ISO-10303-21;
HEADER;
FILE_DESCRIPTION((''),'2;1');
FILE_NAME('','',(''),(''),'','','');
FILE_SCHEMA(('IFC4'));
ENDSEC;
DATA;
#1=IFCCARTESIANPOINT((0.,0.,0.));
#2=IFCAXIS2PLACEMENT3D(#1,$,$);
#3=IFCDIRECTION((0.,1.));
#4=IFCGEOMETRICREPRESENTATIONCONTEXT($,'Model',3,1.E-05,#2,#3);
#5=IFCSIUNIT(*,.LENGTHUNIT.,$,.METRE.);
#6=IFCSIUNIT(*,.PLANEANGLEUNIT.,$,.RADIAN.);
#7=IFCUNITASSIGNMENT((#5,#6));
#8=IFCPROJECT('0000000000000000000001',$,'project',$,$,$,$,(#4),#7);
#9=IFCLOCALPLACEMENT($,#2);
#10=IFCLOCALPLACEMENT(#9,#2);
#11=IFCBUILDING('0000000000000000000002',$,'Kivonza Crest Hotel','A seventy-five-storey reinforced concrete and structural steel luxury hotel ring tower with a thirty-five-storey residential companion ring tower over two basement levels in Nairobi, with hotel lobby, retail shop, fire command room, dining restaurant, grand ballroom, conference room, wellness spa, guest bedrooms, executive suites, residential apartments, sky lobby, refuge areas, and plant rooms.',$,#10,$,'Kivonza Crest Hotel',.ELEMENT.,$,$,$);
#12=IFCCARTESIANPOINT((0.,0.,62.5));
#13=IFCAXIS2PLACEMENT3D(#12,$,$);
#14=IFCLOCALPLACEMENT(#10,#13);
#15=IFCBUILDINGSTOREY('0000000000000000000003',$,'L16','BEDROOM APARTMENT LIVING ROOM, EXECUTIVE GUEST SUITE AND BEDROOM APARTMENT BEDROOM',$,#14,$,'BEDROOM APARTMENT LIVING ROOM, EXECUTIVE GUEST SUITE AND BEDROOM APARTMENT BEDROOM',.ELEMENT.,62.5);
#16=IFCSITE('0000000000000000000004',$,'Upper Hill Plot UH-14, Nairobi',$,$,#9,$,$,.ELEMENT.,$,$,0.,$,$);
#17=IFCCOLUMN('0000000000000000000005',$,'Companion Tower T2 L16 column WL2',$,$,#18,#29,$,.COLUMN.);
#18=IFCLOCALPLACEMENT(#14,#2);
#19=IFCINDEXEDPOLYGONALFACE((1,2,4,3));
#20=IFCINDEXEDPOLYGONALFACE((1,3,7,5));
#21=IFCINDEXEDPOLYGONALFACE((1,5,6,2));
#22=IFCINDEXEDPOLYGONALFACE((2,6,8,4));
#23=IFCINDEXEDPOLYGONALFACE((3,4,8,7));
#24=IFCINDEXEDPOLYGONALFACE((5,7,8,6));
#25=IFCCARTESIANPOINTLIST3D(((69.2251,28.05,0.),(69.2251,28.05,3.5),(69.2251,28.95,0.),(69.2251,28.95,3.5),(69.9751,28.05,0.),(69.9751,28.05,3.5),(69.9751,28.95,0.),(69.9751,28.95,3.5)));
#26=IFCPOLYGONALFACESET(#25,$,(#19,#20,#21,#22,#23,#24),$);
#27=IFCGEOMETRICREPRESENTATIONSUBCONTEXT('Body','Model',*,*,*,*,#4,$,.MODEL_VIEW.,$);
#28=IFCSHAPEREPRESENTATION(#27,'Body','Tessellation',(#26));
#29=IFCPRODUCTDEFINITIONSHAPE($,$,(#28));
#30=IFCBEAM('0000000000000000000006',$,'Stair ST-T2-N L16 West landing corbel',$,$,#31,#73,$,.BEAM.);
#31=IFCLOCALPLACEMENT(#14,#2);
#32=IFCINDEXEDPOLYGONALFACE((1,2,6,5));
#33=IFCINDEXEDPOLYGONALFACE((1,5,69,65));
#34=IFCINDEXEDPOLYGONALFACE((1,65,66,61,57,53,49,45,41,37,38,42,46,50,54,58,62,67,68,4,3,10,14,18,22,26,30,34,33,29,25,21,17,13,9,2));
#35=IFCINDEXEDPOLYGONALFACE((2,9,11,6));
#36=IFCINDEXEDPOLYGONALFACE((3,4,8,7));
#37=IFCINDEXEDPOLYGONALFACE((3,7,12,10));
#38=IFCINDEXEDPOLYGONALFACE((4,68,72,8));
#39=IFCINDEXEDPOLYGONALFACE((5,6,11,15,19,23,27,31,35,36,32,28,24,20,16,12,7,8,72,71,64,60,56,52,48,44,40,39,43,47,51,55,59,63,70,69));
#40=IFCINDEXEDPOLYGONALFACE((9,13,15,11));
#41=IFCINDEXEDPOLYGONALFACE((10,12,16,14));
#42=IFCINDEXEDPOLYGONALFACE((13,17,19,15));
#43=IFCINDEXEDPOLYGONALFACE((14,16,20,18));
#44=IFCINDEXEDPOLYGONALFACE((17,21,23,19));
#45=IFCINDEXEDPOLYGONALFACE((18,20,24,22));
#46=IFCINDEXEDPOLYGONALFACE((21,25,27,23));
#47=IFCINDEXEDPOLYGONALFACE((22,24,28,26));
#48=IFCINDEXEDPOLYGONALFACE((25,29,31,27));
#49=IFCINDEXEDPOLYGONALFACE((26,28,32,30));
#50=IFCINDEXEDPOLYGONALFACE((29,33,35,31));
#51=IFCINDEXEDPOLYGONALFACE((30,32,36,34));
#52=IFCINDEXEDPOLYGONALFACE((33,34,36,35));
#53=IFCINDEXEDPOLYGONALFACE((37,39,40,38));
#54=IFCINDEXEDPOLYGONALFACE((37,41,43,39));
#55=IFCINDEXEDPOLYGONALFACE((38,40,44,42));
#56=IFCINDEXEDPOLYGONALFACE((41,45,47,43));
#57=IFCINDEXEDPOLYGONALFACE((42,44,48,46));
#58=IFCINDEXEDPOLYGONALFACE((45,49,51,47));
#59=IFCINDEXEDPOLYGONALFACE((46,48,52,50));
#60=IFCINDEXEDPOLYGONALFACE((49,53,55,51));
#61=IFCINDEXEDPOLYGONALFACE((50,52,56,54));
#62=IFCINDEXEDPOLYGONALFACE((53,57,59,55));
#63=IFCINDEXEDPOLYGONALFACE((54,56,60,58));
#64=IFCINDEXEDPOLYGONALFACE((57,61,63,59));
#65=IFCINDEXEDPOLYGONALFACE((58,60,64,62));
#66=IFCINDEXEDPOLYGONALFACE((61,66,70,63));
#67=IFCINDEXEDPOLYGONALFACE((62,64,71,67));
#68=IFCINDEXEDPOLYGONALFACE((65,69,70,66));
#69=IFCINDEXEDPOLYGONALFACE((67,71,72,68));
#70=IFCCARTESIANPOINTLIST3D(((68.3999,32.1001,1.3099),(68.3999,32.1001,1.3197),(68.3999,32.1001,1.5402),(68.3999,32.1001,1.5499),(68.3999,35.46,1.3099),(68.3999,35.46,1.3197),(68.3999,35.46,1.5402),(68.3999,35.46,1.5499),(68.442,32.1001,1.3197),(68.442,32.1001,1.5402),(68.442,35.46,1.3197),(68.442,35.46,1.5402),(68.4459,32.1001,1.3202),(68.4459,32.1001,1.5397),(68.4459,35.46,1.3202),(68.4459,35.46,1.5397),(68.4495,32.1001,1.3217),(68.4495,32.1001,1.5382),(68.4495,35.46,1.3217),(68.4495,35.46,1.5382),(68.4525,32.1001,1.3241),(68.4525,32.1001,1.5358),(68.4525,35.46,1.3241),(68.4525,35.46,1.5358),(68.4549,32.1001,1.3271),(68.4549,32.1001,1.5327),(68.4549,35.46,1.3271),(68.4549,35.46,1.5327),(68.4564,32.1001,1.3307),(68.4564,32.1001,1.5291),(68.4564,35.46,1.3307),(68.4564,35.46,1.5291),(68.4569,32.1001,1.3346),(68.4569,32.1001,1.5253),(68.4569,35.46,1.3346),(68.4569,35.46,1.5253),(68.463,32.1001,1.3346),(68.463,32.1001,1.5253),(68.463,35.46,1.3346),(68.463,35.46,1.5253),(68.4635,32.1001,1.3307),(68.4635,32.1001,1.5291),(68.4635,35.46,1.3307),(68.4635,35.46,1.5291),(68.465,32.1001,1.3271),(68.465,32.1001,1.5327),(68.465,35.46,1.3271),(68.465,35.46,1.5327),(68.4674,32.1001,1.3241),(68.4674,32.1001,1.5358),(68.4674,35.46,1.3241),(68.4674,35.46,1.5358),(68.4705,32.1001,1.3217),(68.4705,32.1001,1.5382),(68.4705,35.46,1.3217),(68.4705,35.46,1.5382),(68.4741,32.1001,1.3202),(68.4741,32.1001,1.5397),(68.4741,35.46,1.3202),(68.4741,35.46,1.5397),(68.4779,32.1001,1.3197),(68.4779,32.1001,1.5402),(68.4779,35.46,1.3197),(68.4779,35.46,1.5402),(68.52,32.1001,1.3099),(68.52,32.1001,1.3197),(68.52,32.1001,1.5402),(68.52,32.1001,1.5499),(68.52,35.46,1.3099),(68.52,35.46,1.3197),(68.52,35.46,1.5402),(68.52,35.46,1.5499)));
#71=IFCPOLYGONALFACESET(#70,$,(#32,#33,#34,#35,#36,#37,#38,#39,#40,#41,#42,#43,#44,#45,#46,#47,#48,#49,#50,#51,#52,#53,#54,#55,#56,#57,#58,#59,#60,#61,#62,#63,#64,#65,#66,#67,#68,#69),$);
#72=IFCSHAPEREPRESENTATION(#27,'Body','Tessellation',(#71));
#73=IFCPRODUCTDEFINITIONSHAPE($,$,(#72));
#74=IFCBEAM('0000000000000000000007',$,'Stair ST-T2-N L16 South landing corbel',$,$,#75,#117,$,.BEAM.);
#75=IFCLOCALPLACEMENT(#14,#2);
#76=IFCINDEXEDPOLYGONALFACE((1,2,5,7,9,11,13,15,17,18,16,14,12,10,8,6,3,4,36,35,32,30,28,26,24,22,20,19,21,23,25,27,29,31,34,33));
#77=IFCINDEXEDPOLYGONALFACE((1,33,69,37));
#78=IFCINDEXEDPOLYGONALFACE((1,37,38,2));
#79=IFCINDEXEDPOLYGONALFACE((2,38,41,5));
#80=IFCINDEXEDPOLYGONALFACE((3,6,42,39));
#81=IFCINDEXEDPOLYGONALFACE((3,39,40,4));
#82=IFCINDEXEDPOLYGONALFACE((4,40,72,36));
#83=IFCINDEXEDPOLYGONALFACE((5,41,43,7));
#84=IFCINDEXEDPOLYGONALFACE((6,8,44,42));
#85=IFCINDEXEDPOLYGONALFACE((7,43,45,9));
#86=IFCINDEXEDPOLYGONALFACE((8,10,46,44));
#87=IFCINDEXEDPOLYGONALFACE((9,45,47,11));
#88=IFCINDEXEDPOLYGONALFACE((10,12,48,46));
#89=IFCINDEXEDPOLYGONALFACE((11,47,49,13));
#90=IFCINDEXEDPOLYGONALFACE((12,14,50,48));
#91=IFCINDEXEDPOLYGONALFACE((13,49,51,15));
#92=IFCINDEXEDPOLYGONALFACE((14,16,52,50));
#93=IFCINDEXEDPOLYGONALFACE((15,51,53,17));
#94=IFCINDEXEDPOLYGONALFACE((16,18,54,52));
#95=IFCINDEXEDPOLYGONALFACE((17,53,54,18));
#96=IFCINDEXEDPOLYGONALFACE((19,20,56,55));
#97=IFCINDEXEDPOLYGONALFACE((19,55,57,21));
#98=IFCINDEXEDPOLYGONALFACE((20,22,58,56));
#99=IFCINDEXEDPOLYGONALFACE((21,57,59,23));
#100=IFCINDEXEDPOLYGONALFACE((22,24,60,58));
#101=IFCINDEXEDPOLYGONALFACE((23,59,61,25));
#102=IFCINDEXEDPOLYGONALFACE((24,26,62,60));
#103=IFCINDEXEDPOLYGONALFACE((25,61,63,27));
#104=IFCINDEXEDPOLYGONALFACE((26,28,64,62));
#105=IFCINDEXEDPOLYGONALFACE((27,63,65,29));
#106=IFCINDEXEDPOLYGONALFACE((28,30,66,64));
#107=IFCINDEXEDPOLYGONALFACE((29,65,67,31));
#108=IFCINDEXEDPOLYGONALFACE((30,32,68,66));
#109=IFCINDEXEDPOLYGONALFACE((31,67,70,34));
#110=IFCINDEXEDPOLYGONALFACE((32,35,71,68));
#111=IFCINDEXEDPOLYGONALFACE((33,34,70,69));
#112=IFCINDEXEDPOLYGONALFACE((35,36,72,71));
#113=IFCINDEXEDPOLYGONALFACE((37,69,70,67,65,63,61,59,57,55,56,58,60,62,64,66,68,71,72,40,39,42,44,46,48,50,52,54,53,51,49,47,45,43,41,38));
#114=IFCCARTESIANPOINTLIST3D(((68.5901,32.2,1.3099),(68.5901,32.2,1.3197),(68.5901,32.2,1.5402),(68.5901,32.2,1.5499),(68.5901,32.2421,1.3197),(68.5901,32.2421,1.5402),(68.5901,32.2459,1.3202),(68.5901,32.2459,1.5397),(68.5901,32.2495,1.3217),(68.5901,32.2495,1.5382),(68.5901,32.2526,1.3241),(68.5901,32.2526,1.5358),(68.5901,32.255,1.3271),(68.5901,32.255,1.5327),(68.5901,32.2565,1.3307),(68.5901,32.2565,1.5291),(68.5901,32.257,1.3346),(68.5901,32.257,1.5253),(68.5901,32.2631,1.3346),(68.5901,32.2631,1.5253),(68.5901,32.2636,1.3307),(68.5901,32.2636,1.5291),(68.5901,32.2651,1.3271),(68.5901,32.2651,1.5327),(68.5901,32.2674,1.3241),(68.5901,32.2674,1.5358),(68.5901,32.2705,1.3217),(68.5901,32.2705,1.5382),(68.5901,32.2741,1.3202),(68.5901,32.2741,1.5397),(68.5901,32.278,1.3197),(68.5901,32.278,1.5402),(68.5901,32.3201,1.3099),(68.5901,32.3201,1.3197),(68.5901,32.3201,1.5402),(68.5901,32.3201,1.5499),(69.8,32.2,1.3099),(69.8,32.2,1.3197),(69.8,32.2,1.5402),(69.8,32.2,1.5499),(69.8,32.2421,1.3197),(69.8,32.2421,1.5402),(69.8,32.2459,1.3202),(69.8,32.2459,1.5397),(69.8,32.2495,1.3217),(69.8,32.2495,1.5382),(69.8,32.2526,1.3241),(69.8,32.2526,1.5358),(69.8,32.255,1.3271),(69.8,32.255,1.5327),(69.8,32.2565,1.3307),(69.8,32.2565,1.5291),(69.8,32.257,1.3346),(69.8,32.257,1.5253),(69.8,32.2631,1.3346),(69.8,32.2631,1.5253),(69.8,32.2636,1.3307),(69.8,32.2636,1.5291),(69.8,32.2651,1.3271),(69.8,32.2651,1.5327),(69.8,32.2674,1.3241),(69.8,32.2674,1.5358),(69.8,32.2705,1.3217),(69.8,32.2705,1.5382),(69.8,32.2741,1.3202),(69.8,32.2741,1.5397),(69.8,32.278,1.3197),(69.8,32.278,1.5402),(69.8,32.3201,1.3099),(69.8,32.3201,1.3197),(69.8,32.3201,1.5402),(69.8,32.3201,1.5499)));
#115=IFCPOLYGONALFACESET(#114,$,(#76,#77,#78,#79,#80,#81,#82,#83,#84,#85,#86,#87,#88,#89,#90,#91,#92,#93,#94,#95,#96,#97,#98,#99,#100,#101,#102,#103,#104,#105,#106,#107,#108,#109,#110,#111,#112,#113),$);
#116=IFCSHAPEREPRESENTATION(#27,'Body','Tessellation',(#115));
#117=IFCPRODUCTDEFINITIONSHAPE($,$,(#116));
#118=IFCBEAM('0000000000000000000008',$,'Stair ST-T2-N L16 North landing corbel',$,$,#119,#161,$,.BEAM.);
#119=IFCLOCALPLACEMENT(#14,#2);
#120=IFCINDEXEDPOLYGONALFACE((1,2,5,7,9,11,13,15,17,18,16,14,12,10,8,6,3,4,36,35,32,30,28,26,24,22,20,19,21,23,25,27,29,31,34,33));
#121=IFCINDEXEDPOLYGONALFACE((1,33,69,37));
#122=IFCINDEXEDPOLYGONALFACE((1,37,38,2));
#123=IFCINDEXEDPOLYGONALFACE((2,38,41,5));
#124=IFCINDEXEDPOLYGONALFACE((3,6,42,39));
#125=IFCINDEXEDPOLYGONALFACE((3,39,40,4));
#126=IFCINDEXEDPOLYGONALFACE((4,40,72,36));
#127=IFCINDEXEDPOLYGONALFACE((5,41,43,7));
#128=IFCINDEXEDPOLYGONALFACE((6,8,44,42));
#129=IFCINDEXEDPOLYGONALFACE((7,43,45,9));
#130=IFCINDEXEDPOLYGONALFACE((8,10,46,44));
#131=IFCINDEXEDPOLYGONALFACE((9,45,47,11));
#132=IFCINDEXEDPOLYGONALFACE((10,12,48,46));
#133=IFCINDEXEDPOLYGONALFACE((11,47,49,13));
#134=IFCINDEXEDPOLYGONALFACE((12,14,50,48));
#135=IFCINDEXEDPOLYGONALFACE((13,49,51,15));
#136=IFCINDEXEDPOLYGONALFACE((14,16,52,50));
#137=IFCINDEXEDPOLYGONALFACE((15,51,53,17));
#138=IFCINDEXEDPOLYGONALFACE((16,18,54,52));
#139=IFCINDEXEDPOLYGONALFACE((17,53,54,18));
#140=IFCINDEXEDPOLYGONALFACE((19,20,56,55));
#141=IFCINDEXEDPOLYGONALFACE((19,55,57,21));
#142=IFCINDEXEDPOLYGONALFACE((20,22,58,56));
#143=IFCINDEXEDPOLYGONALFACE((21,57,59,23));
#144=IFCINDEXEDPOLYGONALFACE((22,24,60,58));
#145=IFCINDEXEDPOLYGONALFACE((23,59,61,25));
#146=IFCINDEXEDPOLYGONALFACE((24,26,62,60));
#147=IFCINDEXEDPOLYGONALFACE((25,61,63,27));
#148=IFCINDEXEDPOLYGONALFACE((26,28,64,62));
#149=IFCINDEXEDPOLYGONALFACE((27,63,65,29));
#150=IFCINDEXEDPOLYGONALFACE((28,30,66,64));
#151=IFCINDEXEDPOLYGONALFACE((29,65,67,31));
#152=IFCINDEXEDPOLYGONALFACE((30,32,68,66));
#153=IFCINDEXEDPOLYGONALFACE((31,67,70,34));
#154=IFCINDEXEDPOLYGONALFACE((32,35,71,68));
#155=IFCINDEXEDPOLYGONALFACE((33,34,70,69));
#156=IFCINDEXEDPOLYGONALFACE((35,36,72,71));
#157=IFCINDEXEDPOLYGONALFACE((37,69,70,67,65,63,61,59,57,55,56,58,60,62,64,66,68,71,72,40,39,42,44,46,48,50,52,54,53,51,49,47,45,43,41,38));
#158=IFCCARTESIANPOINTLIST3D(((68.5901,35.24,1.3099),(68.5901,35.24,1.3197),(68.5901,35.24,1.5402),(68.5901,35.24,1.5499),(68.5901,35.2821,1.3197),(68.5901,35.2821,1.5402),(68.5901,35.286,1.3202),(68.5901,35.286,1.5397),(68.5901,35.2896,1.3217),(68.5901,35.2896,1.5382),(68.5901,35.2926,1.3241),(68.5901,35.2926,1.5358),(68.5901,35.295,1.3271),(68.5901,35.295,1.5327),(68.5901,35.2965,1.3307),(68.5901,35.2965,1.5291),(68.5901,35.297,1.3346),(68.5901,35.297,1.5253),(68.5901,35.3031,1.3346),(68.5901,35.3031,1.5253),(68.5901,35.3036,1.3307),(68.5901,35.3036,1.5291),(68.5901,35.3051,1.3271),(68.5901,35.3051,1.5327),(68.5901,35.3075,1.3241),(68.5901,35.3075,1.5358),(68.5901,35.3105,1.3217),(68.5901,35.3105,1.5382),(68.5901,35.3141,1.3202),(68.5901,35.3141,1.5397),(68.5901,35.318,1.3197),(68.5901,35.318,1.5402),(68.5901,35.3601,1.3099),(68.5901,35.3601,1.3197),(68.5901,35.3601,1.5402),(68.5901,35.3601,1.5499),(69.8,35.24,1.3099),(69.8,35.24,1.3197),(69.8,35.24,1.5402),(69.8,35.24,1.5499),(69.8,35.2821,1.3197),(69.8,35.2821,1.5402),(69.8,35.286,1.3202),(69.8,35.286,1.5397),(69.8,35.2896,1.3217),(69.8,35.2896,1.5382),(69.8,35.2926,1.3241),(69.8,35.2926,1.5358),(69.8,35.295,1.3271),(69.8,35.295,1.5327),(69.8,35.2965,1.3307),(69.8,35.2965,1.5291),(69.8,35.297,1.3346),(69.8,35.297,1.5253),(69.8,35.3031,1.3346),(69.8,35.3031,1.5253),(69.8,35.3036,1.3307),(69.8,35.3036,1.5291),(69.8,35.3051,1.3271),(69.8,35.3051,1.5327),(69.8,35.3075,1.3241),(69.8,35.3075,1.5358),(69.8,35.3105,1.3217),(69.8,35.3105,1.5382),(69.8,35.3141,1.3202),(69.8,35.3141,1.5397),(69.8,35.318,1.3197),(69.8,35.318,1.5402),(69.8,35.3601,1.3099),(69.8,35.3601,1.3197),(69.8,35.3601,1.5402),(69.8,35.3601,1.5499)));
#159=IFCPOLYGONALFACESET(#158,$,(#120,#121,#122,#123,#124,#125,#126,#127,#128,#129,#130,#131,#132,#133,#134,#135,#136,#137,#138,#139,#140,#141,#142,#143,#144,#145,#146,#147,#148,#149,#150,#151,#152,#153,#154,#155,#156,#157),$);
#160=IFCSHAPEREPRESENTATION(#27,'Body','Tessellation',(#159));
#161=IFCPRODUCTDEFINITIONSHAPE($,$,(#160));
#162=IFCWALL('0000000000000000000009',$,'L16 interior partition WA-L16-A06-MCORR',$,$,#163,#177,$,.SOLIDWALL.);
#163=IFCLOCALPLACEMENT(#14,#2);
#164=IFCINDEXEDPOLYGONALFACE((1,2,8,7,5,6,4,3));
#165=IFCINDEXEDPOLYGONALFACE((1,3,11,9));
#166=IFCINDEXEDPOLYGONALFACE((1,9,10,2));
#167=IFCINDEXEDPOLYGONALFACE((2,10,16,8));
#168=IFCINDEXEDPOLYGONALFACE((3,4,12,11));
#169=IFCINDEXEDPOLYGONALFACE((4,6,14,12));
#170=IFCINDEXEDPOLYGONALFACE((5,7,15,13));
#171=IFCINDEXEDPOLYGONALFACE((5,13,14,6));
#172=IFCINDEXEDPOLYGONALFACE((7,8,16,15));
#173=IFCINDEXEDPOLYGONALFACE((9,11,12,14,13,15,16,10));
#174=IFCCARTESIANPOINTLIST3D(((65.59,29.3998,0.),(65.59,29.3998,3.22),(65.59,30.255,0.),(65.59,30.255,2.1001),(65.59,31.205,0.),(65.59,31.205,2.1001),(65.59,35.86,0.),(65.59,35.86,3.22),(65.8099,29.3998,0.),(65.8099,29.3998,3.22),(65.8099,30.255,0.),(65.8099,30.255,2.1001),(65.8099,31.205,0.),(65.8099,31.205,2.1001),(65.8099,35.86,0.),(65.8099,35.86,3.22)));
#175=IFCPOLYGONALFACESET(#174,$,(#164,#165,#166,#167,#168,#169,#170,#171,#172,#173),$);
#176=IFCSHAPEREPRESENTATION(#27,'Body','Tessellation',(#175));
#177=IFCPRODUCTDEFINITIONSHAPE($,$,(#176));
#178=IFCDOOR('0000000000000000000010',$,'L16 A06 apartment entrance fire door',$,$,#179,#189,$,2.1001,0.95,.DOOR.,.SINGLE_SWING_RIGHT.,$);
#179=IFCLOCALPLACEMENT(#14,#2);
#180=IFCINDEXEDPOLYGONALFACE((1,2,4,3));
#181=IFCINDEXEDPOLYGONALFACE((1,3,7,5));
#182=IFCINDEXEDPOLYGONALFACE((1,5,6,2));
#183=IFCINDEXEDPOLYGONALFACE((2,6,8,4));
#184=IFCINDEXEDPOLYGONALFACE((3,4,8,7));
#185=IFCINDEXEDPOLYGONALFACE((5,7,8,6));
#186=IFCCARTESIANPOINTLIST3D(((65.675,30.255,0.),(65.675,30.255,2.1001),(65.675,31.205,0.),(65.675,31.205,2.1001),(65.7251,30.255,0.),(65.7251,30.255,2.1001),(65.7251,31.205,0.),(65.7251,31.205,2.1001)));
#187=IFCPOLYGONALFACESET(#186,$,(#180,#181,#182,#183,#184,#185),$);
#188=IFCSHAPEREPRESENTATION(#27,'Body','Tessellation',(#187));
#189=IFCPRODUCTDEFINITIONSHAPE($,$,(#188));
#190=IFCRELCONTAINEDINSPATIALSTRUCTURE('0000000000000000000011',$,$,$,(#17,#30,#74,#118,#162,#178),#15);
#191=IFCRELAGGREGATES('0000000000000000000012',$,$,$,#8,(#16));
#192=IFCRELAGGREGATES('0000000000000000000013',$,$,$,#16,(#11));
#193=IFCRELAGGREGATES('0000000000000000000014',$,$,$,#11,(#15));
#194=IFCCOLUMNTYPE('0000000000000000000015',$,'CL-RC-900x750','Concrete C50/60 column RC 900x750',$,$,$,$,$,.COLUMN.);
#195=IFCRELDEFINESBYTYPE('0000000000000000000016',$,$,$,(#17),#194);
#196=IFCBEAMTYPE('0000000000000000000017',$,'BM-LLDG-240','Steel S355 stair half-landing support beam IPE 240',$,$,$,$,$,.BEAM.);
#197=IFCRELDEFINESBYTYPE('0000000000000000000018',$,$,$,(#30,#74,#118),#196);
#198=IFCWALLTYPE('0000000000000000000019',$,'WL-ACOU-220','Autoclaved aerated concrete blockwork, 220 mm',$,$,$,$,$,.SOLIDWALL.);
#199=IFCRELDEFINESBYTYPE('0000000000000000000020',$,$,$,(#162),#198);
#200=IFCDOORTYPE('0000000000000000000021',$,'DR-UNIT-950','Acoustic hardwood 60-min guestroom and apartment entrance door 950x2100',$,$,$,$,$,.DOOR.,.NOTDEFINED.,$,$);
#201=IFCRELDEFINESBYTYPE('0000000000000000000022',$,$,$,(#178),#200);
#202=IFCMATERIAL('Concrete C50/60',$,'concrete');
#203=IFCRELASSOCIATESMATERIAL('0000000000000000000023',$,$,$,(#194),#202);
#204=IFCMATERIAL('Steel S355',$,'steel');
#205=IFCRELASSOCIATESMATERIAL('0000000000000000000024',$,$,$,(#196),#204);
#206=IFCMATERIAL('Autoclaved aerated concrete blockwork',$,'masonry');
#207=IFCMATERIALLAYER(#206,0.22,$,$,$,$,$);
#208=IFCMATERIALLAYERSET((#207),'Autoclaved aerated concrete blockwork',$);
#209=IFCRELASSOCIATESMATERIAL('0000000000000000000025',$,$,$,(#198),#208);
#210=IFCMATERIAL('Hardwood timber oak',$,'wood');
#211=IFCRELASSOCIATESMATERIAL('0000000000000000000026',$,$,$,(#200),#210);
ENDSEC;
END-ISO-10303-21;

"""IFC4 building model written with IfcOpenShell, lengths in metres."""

from ifc_helpers import new_model, si_unit, direction, frame, frame_2d, origin, origin_2d, place, context, subcontext, project, spatial, rectangle, i_section, extrude, material, layer, layer_set, material_profile, profile_set, type_object, element, fill, save


model = new_model("IFC4")

# Units and contexts
model_context = context("Model", 3, precision=1e-05, world=origin(), true_north=direction((0.0, 1.0)))
body_context = subcontext(model_context, "Body", "Model", "MODEL_VIEW")
ifc_project = project(units=[si_unit("LENGTHUNIT", "METRE"), si_unit("PLANEANGLEUNIT", "RADIAN")], contexts=[model_context])

# Site, building, storey
site_placement = place(None, origin())
site = spatial("IfcSite", under=ifc_project, at=site_placement, Name="Upper Hill Plot UH-14, Nairobi", CompositionType="ELEMENT", RefElevation=0.0)
building_placement = place(site_placement, origin())
building = spatial("IfcBuilding", under=site, at=building_placement, Name="Kivonza Crest Hotel", Description="A seventy-five-storey reinforced concrete and structural steel luxury hotel ring tower with a thirty-five-storey residential companion ring tower over two basement levels in Nairobi, with hotel lobby, retail shop, fire command room, dining restaurant, grand ballroom, conference room, wellness spa, guest bedrooms, executive suites, residential apartments, sky lobby, refuge areas, and plant rooms.", LongName="Kivonza Crest Hotel", CompositionType="ELEMENT")
storey_placement = place(building_placement, frame((0.0, 0.0, 62.5)))
storey = spatial("IfcBuildingStorey", under=building, at=storey_placement, Name="L16", Description="BEDROOM APARTMENT LIVING ROOM, EXECUTIVE GUEST SUITE AND BEDROOM APARTMENT BEDROOM", LongName="BEDROOM APARTMENT LIVING ROOM, EXECUTIVE GUEST SUITE AND BEDROOM APARTMENT BEDROOM", CompositionType="ELEMENT", Elevation=62.5)

# Column
ifc_material_1 = material(Name="Concrete C50/60", Category="concrete")
ifc_material_profile_1 = material_profile(ifc_material_1, rectangle(XDim=0.75, YDim=0.8999, at=origin_2d()), Name="RC 900x750")
ifc_profile_set_1 = profile_set([ifc_material_profile_1], Name="Concrete C50/60")
column_type = type_object("IfcColumnType", Name="CL-RC-900x750", Description="Concrete C50/60 column RC 900x750", PredefinedType="COLUMN", material=ifc_profile_set_1)
column_placement = place(storey_placement, frame((69.6001, 28.5, 0.0), z_axis=(0.0, 0.0, 1.0), x_axis=(1.0, 0.0, 0.0)))
element("IfcColumn", 1, at=column_placement, inside=storey, type_object=column_type, Name="Companion Tower T2 L16 column WL2", PredefinedType="COLUMN", context=body_context, shape_type="SweptSolid", body=[
    extrude(rectangle(XDim=0.75, YDim=0.8999, at=origin_2d()), origin(), (0.0, 0.0, 1.0), 3.5),
])

# Beams
ifc_material_2 = material(Name="Steel S355", Category="steel")
ifc_material_profile_2 = material_profile(ifc_material_2, i_section(OverallWidth=0.1201, OverallDepth=0.24, WebThickness=0.0061, FlangeThickness=0.0098, FilletRadius=0.0149, at=origin_2d()), Name="IPE 240")
ifc_profile_set_2 = profile_set([ifc_material_profile_2], Name="Steel S355")
beam_type = type_object("IfcBeamType", Name="BM-LLDG-240", Description="Steel S355 stair half-landing support beam IPE 240", PredefinedType="BEAM", material=ifc_profile_set_2)
beam_placement = place(storey_placement, frame((68.46, 32.1001, 1.4299), z_axis=(0.0, 1.0, 0.0), x_axis=(-1.0, 0.0, 0.0)))
element("IfcBeam", 2, at=beam_placement, inside=storey, type_object=beam_type, Name="Stair ST-T2-N L16 West landing corbel", PredefinedType="BEAM", context=body_context, shape_type="SweptSolid", body=[
    extrude(i_section(OverallWidth=0.1201, OverallDepth=0.24, WebThickness=0.0061, FlangeThickness=0.0098, FilletRadius=0.0149, at=origin_2d()), origin(), (0.0, 0.0, 1.0), 3.3599),
])
for number, where, z_axis, x_axis, name in (
    (3, (68.5901, 32.26, 1.4299), (1.0, 0.0, 0.0), (0.0, 1.0, 0.0), "Stair ST-T2-N L16 South landing corbel"),
    (4, (68.5901, 35.3, 1.4299), (1.0, 0.0, 0.0), (0.0, 1.0, 0.0), "Stair ST-T2-N L16 North landing corbel"),
):
    element("IfcBeam", number, at=place(storey_placement, frame(where, z_axis=z_axis, x_axis=x_axis)), inside=storey, type_object=beam_type, Name=name, PredefinedType="BEAM", context=body_context, shape_type="SweptSolid", body=[
        extrude(i_section(OverallWidth=0.1201, OverallDepth=0.24, WebThickness=0.0061, FlangeThickness=0.0098, FilletRadius=0.0149, at=origin_2d()), origin(), (0.0, 0.0, 1.0), 1.21),
    ])

# Wall, opening, door
ifc_material_3 = material(Name="Autoclaved aerated concrete blockwork", Category="masonry")
ifc_layer_1 = layer(ifc_material_3, 0.22)
ifc_layer_set_1 = layer_set([ifc_layer_1], Name="Autoclaved aerated concrete blockwork")
wall_type_1 = type_object("IfcWallType", Name="WL-ACOU-220", Description="Autoclaved aerated concrete blockwork, 220 mm", PredefinedType="SOLIDWALL", material=ifc_layer_set_1)
wall_1_placement = place(storey_placement, frame((65.7, 29.3999, 0.0), z_axis=(0.0, 0.0, 1.0), x_axis=(0.0, 1.0, 0.0)))
wall_1 = element("IfcWall", 5, at=wall_1_placement, inside=storey, type_object=wall_type_1, Name="L16 interior partition WA-L16-A06-MCORR", PredefinedType="SOLIDWALL", context=body_context, shape_type="SweptSolid", body=[
    extrude(rectangle(XDim=6.4602, YDim=0.22, at=frame_2d((3.23, 0.0))), origin(), (0.0, 0.0, 1.0), 3.22),
])
opening_1_placement = place(wall_1_placement, frame((0.855, 0.0, 0.0)))
opening_1 = element("IfcOpeningElement", 6, at=opening_1_placement, cuts=wall_1, PredefinedType="OPENING", context=body_context, shape_type="SweptSolid", body=[
    extrude(rectangle(XDim=0.95, YDim=2.1001, at=frame_2d((0.4751, 1.05))), frame((0.0, 0.1201, 0.0), z_axis=(0.0, -1.0, 0.0), x_axis=(1.0, 0.0, 0.0)), (0.0, 0.0, 1.0), 0.24),
])
ifc_material_4 = material(Name="Hardwood timber oak", Category="wood")
door_type = type_object("IfcDoorType", Name="DR-UNIT-950", Description="Acoustic hardwood 60-min guestroom and apartment entrance door 950x2100", OperationType="NOTDEFINED", PredefinedType="DOOR", material=ifc_material_4)
door_placement = place(opening_1_placement, origin())
door = element("IfcDoor", 7, at=door_placement, inside=storey, type_object=door_type, Name="L16 A06 apartment entrance fire door", OperationType="SINGLE_SWING_RIGHT", OverallHeight=2.1001, OverallWidth=0.95, PredefinedType="DOOR", context=body_context, shape_type="SweptSolid", body=[
    extrude(rectangle(XDim=0.95, YDim=2.1001, at=frame_2d((0.4751, 1.05))), frame((0.0, 0.0249, 0.0), z_axis=(0.0, -1.0, 0.0), x_axis=(1.0, 0.0, 0.0)), (0.0, 0.0, 1.0), 0.05),
])
fill(opening_1, door)

save(model, "model.ifc")
